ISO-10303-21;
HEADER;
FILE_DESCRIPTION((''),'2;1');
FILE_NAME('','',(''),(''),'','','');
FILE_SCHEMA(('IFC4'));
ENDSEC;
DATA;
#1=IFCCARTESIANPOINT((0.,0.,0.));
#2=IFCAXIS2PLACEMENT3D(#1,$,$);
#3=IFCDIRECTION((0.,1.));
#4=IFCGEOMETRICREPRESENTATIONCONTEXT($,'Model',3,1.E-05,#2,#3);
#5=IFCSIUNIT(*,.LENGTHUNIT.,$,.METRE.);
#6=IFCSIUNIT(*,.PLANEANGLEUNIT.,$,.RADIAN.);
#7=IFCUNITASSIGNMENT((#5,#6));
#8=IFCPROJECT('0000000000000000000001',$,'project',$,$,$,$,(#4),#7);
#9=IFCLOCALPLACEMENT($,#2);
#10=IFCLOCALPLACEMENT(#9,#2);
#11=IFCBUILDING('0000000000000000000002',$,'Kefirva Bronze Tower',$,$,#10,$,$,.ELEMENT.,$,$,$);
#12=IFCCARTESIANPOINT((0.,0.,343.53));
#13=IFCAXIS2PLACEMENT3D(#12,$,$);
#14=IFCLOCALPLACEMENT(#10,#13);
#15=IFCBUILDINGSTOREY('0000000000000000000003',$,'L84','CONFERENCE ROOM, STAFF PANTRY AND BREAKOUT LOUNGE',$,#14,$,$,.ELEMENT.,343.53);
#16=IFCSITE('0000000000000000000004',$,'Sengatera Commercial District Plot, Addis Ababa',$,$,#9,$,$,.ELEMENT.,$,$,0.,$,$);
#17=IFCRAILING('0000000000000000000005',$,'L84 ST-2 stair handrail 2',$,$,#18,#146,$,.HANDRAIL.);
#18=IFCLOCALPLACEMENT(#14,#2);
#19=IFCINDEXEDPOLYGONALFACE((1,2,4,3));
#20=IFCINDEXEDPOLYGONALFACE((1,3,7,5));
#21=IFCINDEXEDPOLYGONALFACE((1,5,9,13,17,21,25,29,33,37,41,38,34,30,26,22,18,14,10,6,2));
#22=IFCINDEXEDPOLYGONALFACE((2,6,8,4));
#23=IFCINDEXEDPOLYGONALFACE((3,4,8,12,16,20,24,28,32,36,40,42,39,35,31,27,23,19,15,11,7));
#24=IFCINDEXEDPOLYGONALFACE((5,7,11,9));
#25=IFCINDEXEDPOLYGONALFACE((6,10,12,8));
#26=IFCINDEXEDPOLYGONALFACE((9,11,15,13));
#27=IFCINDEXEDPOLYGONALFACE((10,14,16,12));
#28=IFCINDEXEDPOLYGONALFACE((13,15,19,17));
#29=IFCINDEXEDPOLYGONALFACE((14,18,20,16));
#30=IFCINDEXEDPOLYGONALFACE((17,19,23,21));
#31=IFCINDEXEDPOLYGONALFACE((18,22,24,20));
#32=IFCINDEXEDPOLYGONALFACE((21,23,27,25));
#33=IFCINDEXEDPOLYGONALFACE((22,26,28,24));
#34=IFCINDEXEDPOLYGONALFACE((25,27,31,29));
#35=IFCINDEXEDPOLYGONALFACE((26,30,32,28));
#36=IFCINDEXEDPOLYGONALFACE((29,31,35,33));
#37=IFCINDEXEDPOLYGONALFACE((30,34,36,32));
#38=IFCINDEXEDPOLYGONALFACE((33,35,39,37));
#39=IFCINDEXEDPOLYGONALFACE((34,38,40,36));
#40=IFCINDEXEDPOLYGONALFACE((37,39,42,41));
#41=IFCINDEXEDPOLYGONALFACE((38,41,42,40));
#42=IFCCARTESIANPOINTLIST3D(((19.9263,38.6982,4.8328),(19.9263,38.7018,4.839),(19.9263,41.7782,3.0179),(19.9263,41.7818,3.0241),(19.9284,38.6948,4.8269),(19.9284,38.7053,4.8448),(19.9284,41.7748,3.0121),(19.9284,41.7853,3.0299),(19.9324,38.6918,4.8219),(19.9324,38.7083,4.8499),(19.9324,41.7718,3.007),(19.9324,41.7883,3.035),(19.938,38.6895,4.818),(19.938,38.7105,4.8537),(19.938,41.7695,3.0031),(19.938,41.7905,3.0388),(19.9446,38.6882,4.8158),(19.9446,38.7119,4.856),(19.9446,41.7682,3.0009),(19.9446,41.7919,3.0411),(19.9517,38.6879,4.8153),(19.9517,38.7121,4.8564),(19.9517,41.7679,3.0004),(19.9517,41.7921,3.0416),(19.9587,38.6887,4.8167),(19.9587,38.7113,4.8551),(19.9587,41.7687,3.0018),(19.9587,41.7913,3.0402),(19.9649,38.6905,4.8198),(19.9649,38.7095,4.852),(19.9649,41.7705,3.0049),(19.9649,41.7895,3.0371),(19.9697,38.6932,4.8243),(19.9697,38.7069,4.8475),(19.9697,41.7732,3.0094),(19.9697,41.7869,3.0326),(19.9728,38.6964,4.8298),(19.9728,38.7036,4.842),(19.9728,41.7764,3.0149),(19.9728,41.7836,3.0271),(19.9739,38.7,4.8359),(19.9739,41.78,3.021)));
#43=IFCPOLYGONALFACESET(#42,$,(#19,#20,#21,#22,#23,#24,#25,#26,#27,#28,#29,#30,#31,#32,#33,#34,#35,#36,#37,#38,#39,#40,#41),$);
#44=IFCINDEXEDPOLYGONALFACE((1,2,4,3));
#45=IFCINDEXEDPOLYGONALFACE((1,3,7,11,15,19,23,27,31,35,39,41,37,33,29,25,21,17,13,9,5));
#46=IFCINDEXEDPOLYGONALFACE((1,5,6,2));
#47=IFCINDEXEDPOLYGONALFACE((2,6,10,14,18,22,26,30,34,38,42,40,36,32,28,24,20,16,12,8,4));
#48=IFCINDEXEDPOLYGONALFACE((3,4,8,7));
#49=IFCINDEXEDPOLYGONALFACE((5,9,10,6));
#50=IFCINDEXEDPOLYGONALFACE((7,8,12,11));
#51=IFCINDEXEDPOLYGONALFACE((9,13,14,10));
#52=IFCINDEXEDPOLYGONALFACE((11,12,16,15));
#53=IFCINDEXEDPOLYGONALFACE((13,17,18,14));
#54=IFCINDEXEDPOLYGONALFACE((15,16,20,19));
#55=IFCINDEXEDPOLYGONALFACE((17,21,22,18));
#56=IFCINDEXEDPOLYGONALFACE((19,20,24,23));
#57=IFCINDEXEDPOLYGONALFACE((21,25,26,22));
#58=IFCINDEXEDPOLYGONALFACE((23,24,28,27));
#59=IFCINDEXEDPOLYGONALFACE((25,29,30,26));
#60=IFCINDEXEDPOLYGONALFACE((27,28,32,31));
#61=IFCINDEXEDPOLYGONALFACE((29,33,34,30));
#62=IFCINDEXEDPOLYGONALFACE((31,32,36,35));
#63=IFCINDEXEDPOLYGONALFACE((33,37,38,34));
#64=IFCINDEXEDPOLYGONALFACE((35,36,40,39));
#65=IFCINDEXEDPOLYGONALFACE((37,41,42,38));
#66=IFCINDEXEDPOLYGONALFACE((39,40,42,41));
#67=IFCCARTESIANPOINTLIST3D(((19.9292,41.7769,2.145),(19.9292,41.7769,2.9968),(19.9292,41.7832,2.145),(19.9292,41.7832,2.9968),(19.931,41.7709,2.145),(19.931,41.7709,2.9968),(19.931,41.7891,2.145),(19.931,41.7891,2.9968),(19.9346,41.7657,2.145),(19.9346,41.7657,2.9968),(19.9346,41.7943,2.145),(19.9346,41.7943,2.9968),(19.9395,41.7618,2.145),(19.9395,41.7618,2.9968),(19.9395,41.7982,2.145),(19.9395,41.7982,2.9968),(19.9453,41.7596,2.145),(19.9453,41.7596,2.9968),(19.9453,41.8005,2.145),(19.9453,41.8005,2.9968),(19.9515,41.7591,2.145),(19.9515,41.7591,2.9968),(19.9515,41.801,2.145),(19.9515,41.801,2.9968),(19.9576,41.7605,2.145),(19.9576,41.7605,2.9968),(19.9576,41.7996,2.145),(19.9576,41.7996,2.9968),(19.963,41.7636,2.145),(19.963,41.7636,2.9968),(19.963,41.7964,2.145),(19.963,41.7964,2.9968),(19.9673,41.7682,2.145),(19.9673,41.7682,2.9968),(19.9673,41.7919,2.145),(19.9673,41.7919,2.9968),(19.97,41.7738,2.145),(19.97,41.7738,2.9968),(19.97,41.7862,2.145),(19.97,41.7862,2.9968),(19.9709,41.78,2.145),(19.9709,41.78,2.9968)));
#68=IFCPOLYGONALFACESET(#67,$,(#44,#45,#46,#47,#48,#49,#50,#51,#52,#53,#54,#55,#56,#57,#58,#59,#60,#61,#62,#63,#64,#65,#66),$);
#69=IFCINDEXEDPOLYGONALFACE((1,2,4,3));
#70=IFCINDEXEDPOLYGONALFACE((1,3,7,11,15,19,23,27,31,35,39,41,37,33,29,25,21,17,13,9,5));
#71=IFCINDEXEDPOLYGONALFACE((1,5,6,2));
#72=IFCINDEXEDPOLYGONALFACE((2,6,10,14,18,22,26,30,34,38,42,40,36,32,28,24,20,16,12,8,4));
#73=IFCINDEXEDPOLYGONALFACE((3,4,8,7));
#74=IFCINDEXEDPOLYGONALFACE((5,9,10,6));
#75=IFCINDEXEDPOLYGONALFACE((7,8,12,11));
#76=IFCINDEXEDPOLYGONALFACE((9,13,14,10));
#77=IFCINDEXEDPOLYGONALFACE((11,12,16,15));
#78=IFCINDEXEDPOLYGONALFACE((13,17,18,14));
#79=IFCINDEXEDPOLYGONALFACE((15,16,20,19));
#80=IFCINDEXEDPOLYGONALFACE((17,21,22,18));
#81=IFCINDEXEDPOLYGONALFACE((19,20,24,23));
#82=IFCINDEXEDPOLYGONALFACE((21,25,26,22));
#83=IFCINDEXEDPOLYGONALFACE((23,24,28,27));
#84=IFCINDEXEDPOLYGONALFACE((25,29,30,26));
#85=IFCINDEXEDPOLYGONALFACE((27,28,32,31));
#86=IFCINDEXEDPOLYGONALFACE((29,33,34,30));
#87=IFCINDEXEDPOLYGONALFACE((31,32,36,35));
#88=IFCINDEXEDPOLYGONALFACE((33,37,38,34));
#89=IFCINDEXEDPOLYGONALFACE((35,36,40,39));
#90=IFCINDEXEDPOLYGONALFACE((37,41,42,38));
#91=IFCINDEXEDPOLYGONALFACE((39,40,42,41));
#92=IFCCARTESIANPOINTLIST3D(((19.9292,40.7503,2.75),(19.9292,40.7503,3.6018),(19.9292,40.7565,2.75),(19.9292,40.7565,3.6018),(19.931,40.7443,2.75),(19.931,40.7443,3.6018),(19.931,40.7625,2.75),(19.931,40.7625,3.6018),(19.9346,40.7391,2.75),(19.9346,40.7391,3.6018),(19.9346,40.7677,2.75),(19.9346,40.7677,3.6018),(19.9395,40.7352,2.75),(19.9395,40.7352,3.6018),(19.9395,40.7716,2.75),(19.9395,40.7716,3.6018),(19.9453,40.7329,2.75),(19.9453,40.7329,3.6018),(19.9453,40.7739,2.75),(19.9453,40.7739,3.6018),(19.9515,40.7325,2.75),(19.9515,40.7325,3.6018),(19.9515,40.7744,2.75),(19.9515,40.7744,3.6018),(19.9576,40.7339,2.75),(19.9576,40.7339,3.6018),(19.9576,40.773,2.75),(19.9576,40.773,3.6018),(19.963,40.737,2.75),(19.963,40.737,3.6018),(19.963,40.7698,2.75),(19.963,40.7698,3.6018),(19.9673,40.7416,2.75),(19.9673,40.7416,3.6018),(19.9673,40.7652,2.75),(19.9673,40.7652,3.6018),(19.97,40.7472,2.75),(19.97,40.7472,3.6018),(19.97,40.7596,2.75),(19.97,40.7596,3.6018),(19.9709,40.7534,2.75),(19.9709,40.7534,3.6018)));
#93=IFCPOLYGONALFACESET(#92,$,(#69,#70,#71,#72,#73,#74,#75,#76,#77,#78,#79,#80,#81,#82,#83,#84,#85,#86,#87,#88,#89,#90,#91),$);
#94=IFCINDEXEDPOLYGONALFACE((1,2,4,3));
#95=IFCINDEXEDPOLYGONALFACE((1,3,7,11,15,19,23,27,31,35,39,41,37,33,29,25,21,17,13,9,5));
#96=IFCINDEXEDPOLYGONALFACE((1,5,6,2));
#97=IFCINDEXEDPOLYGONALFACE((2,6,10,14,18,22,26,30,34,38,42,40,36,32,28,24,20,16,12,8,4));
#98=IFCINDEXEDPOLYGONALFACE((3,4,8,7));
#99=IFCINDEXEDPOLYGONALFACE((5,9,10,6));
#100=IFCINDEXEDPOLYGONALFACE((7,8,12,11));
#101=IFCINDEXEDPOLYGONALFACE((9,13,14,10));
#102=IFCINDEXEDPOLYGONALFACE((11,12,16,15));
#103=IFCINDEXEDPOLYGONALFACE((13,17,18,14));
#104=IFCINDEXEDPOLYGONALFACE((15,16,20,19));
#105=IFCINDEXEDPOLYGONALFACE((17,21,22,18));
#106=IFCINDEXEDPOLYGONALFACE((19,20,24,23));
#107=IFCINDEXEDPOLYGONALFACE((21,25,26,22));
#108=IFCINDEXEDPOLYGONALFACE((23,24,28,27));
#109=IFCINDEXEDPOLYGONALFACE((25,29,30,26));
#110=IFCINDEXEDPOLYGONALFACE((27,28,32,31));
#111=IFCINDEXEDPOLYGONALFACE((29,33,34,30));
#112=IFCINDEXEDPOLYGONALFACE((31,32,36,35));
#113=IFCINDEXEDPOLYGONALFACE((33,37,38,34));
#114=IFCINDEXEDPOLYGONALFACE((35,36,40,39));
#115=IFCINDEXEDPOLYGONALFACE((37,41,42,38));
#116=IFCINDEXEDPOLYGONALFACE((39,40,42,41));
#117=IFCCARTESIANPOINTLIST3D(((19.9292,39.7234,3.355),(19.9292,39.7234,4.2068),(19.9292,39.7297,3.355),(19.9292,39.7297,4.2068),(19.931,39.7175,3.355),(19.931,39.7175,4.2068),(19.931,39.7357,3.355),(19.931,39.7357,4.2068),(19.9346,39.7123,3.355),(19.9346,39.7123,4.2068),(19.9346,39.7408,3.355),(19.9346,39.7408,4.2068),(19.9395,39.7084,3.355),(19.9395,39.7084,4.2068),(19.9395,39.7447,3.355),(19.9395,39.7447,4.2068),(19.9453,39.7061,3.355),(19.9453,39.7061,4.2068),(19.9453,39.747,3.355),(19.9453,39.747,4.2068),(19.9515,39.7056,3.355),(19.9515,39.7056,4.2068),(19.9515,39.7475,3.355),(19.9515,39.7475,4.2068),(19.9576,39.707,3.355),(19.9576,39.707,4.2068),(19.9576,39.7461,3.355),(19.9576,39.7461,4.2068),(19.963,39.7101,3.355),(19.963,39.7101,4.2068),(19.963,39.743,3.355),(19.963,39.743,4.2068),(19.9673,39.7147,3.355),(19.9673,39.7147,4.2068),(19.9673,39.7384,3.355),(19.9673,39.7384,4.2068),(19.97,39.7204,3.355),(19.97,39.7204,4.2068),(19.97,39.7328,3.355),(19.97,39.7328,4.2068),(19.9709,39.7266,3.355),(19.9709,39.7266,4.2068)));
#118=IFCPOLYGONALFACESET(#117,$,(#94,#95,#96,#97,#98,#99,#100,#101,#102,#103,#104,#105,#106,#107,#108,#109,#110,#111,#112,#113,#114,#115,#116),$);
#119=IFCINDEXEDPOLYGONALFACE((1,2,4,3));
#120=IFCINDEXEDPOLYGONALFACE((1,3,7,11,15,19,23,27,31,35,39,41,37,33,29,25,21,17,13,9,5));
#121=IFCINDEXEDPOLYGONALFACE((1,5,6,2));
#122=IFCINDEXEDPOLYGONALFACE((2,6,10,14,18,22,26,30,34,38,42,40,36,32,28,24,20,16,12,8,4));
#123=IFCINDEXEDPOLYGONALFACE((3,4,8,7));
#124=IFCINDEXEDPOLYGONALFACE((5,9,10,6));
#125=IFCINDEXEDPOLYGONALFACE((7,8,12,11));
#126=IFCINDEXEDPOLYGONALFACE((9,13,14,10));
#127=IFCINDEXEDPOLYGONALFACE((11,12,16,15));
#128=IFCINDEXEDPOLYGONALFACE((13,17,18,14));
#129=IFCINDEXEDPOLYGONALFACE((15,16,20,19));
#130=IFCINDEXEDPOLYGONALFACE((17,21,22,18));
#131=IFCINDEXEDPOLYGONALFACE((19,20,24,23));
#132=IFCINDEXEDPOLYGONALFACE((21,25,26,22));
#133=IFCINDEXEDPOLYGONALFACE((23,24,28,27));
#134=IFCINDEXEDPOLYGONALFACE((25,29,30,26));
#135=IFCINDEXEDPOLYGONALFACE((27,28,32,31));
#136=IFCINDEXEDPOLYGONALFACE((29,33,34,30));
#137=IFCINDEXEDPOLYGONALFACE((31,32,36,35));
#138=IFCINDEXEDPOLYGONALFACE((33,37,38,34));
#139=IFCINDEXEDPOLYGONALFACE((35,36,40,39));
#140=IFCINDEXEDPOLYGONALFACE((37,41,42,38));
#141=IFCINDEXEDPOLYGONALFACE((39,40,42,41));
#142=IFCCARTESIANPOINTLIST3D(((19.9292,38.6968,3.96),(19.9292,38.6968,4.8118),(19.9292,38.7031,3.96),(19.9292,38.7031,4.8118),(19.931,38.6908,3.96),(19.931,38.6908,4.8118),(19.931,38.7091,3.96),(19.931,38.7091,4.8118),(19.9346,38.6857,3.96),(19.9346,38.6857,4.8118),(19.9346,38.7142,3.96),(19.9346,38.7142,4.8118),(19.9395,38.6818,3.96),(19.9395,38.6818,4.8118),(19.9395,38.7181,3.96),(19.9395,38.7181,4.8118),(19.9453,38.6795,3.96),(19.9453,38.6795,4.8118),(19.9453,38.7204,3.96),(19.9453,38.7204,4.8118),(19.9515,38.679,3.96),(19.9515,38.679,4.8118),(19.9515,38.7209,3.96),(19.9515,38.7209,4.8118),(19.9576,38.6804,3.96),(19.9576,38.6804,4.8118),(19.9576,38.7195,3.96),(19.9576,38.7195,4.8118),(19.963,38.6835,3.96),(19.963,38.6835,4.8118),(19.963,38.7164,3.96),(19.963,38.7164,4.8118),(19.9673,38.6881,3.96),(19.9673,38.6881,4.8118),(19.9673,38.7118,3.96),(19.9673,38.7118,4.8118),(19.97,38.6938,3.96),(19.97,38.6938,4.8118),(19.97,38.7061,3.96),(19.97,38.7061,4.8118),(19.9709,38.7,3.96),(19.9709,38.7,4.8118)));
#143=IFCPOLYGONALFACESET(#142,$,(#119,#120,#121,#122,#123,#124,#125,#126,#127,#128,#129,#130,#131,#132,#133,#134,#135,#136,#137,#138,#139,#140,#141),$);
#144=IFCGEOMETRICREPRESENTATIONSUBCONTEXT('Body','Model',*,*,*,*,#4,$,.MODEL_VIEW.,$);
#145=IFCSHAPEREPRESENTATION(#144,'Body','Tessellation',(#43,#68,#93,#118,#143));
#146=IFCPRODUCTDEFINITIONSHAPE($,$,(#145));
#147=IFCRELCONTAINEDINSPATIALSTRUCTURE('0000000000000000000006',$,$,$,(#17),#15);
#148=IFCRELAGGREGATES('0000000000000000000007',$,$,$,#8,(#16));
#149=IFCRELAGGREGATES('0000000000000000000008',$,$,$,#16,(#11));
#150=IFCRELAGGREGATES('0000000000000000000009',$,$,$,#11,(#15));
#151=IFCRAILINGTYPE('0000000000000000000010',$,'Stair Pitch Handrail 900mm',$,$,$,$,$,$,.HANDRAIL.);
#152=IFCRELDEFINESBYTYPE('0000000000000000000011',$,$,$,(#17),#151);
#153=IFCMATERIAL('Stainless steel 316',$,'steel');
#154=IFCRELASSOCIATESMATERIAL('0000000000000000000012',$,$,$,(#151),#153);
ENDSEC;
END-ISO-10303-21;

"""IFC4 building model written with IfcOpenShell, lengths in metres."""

from ifc_helpers import new_model, si_unit, direction, frame, origin, origin_2d, place, context, subcontext, project, spatial, circle, extrude, material, type_object, element, save


model = new_model("IFC4")

# Units and contexts
model_context = context("Model", 3, precision=1e-05, world=origin(), true_north=direction((0.0, 1.0)))
body_context = subcontext(model_context, "Body", "Model", "MODEL_VIEW")
ifc_project = project(units=[si_unit("LENGTHUNIT", "METRE"), si_unit("PLANEANGLEUNIT", "RADIAN")], contexts=[model_context])

# Site, building, storey
site_placement = place(None, origin())
site = spatial("IfcSite", under=ifc_project, at=site_placement, Name="Sengatera Commercial District Plot, Addis Ababa", CompositionType="ELEMENT", RefElevation=0.0)
building_placement = place(site_placement, origin())
building = spatial("IfcBuilding", under=site, at=building_placement, Name="Kefirva Bronze Tower", CompositionType="ELEMENT")
storey_placement = place(building_placement, frame((0.0, 0.0, 343.53)))
storey = spatial("IfcBuildingStorey", under=building, at=storey_placement, Name="L84", Description="CONFERENCE ROOM, STAFF PANTRY AND BREAKOUT LOUNGE", CompositionType="ELEMENT", Elevation=343.53)

# Shared definitions
ifc_material_1 = material(Name="Stainless steel 316", Category="steel")

# Railing
railing_type = type_object("IfcRailingType", Name="Stair Pitch Handrail 900mm", PredefinedType="HANDRAIL", material=ifc_material_1)
railing_placement = place(storey_placement, frame((19.95, 41.78, 2.145)))
element("IfcRailing", 1, at=railing_placement, inside=storey, type_object=railing_type, Name="L84 ST-2 stair handrail 2", PredefinedType="HANDRAIL", context=body_context, shape_type="SweptSolid", body=[
    extrude(circle(Radius=0.0239, at=origin_2d()), frame((0.0, 0.0, 0.876), z_axis=(0.0, -0.861551, 0.507671), x_axis=(1.0, 0.0, 0.0)), (0.0, 0.0, 1.0), 3.575),
    extrude(circle(Radius=0.021, at=origin_2d()), origin(), (0.0, 0.0, 1.0), 0.8518),
    extrude(circle(Radius=0.021, at=origin_2d()), frame((0.0, -1.0266, 0.605)), (0.0, 0.0, 1.0), 0.8518),
    extrude(circle(Radius=0.021, at=origin_2d()), frame((0.0, -2.0535, 1.21)), (0.0, 0.0, 1.0), 0.8518),
    extrude(circle(Radius=0.021, at=origin_2d()), frame((0.0, -3.0801, 1.8149)), (0.0, 0.0, 1.0), 0.8518),
])

save(model, "model.ifc")
